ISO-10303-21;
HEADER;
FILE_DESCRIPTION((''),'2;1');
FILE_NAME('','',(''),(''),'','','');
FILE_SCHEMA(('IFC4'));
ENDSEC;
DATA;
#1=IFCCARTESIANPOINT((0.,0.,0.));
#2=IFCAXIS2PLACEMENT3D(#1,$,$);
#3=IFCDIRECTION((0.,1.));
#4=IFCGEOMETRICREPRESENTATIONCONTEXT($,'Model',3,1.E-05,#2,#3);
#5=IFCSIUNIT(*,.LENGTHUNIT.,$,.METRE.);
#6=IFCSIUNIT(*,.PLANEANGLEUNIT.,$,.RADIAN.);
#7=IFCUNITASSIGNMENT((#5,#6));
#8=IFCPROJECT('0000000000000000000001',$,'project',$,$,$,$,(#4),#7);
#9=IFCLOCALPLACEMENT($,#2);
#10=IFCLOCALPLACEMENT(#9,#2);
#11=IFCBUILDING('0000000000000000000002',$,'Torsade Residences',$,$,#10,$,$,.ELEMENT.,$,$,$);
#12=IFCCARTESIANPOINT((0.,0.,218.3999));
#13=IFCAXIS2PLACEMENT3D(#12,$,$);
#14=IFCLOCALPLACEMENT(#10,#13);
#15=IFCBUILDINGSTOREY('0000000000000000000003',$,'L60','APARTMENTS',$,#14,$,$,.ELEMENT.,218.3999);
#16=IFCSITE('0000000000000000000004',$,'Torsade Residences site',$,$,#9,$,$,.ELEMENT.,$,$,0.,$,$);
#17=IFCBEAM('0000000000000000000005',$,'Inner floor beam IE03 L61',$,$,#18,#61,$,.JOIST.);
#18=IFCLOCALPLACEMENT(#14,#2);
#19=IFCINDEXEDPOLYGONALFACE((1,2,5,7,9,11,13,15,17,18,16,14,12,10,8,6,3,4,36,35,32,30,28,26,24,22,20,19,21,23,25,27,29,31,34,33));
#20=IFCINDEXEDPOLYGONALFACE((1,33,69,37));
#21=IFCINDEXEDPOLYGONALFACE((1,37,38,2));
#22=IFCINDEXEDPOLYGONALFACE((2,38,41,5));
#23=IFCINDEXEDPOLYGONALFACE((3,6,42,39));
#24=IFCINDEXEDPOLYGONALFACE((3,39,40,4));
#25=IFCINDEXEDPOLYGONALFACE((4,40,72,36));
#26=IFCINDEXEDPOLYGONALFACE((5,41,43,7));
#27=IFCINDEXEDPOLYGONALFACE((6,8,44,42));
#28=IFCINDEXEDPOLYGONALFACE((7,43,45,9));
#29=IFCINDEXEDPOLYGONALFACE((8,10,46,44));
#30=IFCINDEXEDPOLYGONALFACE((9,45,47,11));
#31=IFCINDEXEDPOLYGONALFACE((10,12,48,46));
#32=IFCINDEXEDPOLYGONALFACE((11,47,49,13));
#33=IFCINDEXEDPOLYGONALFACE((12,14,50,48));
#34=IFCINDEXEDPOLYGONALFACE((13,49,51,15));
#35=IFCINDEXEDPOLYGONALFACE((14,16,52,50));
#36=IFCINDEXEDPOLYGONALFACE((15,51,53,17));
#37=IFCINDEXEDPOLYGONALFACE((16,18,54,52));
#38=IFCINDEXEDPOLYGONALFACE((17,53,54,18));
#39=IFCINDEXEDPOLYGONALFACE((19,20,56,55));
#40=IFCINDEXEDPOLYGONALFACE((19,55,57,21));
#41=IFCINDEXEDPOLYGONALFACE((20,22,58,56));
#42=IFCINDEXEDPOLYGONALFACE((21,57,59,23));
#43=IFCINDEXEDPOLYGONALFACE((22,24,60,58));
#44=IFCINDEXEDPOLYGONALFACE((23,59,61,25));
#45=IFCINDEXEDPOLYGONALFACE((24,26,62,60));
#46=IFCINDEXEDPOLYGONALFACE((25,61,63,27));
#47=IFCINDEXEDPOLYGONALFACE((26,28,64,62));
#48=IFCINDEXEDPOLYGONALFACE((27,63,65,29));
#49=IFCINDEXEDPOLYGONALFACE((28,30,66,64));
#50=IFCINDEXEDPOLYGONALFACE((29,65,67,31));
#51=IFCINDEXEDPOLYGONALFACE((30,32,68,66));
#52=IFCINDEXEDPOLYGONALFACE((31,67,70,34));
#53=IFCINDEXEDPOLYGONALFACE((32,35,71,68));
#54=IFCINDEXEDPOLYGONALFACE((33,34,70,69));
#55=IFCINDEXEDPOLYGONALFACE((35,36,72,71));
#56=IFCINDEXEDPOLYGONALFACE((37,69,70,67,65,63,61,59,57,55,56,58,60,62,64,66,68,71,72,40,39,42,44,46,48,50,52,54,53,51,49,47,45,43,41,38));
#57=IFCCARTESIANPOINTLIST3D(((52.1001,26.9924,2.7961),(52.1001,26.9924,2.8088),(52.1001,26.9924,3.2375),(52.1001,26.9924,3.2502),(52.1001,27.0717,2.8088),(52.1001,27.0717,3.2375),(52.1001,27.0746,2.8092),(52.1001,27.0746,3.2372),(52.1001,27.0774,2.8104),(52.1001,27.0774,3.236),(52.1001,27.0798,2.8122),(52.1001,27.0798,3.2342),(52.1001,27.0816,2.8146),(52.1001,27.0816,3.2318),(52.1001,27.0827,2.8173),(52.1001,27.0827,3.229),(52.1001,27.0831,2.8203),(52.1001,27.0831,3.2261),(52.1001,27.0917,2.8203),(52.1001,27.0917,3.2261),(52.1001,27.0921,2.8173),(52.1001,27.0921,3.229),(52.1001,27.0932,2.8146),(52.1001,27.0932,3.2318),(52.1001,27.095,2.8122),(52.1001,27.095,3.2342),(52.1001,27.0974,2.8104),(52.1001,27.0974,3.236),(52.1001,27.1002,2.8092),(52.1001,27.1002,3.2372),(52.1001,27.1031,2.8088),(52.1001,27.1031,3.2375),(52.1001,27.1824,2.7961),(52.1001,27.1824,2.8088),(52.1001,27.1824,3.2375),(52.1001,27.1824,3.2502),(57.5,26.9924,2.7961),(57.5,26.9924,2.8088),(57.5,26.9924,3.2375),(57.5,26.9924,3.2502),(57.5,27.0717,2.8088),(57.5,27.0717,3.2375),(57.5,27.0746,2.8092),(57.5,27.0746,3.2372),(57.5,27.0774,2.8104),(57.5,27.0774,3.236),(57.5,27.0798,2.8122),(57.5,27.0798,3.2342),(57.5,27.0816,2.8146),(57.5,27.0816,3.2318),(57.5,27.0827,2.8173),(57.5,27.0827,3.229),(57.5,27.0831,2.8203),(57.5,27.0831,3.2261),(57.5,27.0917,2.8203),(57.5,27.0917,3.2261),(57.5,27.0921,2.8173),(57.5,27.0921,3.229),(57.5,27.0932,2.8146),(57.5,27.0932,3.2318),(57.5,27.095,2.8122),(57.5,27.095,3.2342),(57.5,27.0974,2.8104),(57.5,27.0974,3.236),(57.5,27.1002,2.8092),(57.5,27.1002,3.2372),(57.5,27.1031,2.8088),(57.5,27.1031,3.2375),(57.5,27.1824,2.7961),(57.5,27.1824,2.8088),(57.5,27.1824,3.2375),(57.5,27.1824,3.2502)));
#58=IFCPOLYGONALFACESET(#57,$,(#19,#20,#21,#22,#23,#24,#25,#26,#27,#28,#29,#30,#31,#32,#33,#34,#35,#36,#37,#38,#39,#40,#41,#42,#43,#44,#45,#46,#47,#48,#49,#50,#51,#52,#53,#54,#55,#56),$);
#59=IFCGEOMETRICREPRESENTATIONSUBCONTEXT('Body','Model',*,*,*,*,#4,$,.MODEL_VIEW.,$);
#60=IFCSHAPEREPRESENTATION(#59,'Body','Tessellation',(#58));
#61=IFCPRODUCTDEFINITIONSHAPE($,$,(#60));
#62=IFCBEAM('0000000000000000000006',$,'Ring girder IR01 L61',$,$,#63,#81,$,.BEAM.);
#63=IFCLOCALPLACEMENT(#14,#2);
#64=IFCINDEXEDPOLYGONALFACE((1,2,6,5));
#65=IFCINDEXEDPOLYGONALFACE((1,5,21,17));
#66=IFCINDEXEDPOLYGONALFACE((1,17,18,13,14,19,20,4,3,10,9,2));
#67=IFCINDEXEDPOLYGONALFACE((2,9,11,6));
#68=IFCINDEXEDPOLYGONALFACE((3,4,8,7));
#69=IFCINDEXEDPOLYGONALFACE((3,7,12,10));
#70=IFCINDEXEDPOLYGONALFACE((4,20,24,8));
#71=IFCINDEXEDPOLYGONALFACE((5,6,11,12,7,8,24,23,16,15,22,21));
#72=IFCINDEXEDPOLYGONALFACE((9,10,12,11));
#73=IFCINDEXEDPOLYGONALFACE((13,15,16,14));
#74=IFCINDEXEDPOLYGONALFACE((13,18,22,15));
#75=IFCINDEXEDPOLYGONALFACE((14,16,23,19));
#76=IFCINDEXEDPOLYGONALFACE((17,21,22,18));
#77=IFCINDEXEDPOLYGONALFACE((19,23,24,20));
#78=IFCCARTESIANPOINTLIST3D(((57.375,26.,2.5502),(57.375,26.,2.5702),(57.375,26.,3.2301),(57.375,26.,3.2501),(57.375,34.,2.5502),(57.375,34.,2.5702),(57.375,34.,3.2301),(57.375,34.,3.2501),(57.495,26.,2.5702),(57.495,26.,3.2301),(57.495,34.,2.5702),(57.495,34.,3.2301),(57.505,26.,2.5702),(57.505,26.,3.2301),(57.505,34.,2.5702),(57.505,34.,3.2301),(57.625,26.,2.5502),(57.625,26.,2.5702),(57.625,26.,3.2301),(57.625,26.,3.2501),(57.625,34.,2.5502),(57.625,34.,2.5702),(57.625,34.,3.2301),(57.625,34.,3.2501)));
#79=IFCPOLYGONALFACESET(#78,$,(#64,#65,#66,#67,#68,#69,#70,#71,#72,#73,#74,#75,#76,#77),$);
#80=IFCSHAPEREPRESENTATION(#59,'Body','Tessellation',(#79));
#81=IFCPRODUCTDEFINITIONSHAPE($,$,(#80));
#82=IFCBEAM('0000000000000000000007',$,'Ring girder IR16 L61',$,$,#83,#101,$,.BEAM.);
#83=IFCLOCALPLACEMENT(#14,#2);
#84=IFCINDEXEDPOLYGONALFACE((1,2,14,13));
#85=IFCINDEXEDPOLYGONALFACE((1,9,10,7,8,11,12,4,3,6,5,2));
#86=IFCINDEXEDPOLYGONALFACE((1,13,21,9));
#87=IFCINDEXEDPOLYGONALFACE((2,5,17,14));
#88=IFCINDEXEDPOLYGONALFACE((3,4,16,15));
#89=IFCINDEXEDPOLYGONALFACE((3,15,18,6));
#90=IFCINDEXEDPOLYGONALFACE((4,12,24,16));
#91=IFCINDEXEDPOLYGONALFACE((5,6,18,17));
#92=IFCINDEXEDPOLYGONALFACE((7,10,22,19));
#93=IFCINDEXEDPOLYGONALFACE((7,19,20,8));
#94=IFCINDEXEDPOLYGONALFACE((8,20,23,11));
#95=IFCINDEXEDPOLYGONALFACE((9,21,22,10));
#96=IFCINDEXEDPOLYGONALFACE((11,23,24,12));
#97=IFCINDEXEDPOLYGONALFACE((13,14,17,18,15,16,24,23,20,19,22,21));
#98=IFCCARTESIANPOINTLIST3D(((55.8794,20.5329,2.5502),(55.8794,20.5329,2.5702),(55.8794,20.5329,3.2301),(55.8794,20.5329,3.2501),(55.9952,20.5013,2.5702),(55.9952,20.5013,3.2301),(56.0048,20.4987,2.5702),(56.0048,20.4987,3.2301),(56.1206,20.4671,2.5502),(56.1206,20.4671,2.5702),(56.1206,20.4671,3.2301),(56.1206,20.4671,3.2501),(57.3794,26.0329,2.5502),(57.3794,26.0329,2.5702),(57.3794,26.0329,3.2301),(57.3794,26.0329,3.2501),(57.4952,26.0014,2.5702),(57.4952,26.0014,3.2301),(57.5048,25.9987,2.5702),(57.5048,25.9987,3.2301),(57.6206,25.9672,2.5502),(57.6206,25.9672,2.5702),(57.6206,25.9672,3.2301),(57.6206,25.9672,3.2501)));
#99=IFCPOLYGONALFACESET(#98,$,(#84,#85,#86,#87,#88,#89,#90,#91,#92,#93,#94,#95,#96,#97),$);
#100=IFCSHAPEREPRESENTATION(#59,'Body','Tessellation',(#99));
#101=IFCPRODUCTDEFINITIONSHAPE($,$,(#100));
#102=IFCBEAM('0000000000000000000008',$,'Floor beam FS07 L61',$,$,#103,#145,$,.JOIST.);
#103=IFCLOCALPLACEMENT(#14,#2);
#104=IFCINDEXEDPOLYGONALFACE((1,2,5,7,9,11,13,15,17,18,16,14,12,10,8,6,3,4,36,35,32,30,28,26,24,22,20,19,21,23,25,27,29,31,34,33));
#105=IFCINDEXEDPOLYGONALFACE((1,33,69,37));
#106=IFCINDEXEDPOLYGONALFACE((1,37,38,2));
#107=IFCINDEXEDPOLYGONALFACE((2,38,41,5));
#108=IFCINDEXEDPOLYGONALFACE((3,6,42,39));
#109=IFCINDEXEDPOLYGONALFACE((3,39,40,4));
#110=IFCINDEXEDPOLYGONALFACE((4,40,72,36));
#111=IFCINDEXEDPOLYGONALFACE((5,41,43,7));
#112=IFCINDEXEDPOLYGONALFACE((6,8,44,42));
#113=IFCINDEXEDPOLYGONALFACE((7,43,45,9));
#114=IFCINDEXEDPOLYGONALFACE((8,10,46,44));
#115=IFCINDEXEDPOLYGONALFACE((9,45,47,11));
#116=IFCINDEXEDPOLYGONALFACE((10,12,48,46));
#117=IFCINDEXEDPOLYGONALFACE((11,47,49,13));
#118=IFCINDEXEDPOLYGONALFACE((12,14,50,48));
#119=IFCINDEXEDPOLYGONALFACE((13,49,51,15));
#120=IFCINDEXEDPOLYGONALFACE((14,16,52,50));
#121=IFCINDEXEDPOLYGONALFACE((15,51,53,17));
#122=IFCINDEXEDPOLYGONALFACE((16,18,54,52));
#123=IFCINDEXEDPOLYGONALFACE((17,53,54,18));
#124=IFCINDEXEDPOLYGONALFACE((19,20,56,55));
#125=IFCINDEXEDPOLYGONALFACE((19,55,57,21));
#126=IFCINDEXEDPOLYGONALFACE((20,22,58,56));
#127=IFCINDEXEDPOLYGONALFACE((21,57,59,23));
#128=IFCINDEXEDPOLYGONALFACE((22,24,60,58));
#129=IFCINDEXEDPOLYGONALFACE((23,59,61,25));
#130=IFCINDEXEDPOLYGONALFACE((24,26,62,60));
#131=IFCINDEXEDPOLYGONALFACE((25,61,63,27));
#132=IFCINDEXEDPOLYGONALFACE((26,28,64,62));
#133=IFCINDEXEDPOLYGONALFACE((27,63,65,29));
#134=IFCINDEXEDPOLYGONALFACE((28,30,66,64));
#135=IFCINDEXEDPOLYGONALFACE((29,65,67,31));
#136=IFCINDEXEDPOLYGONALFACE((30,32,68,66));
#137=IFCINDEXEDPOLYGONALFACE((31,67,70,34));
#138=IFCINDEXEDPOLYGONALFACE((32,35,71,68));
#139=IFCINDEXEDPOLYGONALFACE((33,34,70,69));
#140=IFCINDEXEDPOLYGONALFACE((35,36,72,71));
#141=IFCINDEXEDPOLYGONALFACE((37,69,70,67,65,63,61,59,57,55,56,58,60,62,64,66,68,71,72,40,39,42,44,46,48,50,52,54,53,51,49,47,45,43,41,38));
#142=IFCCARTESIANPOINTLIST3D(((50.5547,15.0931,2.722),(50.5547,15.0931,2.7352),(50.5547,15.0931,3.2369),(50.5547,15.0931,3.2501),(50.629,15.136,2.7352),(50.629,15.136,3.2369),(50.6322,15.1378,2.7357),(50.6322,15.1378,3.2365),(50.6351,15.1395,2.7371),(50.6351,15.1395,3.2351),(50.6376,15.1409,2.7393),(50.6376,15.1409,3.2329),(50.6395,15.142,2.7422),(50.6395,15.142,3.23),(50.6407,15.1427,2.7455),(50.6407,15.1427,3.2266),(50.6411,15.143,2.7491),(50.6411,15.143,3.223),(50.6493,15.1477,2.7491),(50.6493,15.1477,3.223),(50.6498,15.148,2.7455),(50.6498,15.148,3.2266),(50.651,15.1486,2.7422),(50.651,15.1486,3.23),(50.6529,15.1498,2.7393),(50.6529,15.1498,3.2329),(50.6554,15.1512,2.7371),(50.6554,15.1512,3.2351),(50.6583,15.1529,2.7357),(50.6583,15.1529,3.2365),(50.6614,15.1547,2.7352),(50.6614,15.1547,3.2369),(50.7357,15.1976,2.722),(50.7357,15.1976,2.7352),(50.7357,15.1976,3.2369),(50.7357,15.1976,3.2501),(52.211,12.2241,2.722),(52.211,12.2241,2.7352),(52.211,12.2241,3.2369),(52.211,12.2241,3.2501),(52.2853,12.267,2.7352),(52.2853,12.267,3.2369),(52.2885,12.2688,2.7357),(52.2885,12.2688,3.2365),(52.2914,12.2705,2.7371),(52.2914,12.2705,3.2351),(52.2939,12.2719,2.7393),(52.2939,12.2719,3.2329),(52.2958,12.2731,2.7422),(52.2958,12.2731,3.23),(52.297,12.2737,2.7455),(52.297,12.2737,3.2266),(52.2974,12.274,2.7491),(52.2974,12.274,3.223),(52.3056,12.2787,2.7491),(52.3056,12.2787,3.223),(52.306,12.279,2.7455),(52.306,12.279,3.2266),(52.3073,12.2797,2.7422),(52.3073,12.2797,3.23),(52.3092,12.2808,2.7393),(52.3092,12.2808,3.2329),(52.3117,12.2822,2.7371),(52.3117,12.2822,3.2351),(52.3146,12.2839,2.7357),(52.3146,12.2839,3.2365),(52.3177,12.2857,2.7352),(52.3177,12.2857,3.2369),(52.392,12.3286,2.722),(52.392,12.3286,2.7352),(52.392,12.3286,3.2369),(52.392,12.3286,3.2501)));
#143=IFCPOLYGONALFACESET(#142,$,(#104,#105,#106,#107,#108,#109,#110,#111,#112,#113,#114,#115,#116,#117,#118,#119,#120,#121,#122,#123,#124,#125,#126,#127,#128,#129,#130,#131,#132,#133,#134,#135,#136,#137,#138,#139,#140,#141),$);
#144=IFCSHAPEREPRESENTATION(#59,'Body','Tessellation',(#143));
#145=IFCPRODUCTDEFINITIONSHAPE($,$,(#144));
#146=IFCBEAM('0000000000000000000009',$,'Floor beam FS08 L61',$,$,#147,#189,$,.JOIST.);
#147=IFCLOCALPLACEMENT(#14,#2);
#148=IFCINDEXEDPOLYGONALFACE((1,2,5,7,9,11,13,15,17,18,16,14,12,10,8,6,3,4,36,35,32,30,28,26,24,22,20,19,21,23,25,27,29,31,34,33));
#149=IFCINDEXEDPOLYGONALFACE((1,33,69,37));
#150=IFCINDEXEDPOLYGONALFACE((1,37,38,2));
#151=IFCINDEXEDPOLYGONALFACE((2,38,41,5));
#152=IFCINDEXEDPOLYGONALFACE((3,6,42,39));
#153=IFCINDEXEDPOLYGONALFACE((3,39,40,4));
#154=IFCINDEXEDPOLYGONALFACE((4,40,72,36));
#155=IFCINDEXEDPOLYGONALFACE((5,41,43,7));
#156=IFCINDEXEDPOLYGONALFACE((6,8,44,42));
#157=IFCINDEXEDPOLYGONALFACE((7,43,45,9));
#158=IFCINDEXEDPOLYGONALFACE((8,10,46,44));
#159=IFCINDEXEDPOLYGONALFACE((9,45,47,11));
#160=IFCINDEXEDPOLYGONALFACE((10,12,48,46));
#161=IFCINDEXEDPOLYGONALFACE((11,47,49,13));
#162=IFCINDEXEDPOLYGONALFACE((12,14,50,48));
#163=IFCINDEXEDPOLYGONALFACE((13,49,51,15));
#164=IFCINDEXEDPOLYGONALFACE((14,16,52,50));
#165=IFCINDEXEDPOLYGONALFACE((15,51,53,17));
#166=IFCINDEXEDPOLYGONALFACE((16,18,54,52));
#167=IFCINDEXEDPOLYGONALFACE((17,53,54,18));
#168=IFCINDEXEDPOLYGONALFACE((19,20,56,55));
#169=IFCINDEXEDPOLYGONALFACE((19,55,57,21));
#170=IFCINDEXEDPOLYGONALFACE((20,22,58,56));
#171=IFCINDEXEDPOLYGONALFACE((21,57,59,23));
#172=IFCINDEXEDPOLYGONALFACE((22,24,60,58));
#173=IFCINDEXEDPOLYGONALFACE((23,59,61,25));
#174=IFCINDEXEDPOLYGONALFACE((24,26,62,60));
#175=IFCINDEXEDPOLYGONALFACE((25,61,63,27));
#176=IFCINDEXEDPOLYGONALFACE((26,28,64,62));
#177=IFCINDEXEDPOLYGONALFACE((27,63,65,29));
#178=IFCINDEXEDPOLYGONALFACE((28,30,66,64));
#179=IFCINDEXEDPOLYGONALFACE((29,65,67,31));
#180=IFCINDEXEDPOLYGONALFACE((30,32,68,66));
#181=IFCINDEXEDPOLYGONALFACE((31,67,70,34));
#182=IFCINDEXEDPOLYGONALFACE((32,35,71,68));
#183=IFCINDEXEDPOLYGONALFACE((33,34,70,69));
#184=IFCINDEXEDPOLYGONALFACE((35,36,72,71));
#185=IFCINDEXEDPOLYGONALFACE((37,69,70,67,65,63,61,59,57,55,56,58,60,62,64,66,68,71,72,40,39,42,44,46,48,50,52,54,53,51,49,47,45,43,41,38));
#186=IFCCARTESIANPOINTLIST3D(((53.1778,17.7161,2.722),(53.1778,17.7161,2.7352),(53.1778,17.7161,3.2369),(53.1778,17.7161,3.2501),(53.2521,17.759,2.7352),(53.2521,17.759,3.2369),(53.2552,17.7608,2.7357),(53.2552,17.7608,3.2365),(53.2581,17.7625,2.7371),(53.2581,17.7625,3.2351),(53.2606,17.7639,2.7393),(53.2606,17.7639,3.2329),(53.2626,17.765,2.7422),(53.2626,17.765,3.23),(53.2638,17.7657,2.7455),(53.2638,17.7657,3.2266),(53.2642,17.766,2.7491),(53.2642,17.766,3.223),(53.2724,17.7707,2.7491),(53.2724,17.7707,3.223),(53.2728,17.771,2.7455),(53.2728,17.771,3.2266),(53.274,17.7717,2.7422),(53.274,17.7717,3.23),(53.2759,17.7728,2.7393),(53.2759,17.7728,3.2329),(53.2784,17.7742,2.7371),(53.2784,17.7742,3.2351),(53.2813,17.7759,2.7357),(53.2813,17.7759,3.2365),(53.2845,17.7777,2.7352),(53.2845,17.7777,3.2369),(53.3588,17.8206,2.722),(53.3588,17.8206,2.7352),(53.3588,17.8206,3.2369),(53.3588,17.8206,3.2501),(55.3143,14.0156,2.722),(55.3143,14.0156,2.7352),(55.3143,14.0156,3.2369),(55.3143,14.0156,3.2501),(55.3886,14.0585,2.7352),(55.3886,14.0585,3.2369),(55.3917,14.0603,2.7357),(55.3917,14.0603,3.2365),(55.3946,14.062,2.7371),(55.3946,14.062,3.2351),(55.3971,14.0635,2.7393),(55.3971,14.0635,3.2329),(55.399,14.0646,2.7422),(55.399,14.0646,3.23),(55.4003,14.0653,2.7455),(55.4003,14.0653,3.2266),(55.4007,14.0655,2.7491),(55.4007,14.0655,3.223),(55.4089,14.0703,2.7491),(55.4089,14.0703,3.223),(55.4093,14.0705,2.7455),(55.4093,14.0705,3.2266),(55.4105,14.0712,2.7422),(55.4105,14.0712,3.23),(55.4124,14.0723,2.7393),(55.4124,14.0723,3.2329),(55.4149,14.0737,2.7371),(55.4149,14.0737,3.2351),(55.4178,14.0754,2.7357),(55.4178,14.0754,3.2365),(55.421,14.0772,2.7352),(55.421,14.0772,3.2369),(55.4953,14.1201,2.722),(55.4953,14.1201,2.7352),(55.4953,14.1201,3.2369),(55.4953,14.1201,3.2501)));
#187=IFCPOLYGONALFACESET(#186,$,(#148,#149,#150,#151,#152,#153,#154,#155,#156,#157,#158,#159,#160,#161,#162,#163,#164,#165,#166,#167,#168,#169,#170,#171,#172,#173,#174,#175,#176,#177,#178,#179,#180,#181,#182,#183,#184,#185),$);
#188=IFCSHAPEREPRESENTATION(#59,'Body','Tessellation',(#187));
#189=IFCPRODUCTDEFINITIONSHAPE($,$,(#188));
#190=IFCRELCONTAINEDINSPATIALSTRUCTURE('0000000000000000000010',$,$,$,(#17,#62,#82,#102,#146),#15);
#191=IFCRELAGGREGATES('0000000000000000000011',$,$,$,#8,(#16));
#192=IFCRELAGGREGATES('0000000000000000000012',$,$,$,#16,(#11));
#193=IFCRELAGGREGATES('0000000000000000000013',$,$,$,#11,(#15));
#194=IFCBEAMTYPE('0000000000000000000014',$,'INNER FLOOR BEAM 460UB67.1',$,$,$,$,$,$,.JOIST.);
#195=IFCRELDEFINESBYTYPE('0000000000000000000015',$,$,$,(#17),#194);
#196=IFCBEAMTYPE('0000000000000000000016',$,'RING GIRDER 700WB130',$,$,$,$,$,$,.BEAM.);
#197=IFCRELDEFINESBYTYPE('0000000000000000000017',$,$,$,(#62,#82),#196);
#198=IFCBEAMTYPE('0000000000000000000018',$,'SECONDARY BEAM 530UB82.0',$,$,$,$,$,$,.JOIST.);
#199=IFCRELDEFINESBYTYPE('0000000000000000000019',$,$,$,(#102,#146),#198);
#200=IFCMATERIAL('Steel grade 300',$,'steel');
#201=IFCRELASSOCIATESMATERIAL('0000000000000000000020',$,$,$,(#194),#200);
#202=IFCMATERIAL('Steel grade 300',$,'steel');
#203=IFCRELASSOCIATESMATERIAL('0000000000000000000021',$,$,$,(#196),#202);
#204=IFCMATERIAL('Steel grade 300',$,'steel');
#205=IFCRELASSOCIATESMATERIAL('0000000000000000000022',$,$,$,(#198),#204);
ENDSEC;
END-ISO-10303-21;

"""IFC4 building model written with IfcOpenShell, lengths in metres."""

from ifc_helpers import new_model, si_unit, direction, frame, origin, origin_2d, place, context, subcontext, project, spatial, i_section, extrude, material, material_profile, profile_set, type_object, element, save


model = new_model("IFC4")

# Units and contexts
model_context = context("Model", 3, precision=1e-05, world=origin(), true_north=direction((0.0, 1.0)))
body_context = subcontext(model_context, "Body", "Model", "MODEL_VIEW")
ifc_project = project(units=[si_unit("LENGTHUNIT", "METRE"), si_unit("PLANEANGLEUNIT", "RADIAN")], contexts=[model_context])

# Site, building, storey
site_placement = place(None, origin())
site = spatial("IfcSite", under=ifc_project, at=site_placement, Name="Torsade Residences site", CompositionType="ELEMENT", RefElevation=0.0)
building_placement = place(site_placement, origin())
building = spatial("IfcBuilding", under=site, at=building_placement, Name="Torsade Residences", CompositionType="ELEMENT")
storey_placement = place(building_placement, frame((0.0, 0.0, 218.3999)))
storey = spatial("IfcBuildingStorey", under=building, at=storey_placement, Name="L60", Description="APARTMENTS", CompositionType="ELEMENT", Elevation=218.3999)

# Beams
ifc_material_1 = material(Name="Steel grade 300", Category="steel")
ifc_material_profile_1 = material_profile(ifc_material_1, i_section(OverallWidth=0.1899, OverallDepth=0.4541, WebThickness=0.0085, FlangeThickness=0.0127, FilletRadius=0.0115, at=origin_2d()), Name="460UB67.1")
ifc_profile_set_1 = profile_set([ifc_material_profile_1], Name="Steel grade 300")
beam_type_1 = type_object("IfcBeamType", Name="INNER FLOOR BEAM 460UB67.1", PredefinedType="JOIST", material=ifc_profile_set_1)
beam_1_placement = place(storey_placement, frame((52.1001, 27.0874, 3.0232), z_axis=(1.0, 0.0, 0.0), x_axis=(0.0, 1.0, 0.0)))
element("IfcBeam", 1, at=beam_1_placement, inside=storey, type_object=beam_type_1, Name="Inner floor beam IE03 L61", PredefinedType="JOIST", context=body_context, shape_type="SweptSolid", body=[
    extrude(i_section(OverallWidth=0.1899, OverallDepth=0.4541, WebThickness=0.0085, FlangeThickness=0.0127, FilletRadius=0.0115, at=origin_2d()), origin(), (0.0, 0.0, 1.0), 5.3999),
])
ifc_material_2 = material(Name="Steel grade 300", Category="steel")
ifc_material_profile_2 = material_profile(ifc_material_2, i_section(OverallWidth=0.25, OverallDepth=0.7, WebThickness=0.01, FlangeThickness=0.02, at=origin_2d()), Name="700WB130")
ifc_profile_set_2 = profile_set([ifc_material_profile_2], Name="Steel grade 300")
beam_type_2 = type_object("IfcBeamType", Name="RING GIRDER 700WB130", PredefinedType="BEAM", material=ifc_profile_set_2)
beam_2_placement = place(storey_placement, frame((57.5, 26.0, 2.9001), z_axis=(0.0, 1.0, 0.0), x_axis=(-1.0, 0.0, 0.0)))
element("IfcBeam", 2, at=beam_2_placement, inside=storey, type_object=beam_type_2, Name="Ring girder IR01 L61", PredefinedType="BEAM", context=body_context, shape_type="SweptSolid", body=[
    extrude(i_section(OverallWidth=0.25, OverallDepth=0.7, WebThickness=0.01, FlangeThickness=0.02, at=origin_2d()), origin(), (0.0, 0.0, 1.0), 8.0),
])
beam_3_placement = place(storey_placement, frame((56.0, 20.5, 2.9001), z_axis=(0.263117, 0.964764, 0.0), x_axis=(-0.964764, 0.263117, 0.0)))
element("IfcBeam", 3, at=beam_3_placement, inside=storey, type_object=beam_type_2, Name="Ring girder IR16 L61", PredefinedType="BEAM", context=body_context, shape_type="SweptSolid", body=[
    extrude(i_section(OverallWidth=0.25, OverallDepth=0.7, WebThickness=0.01, FlangeThickness=0.02, at=origin_2d()), origin(), (0.0, 0.0, 1.0), 5.7009),
])
ifc_material_3 = material(Name="Steel grade 300", Category="steel")
ifc_material_profile_3 = material_profile(ifc_material_3, i_section(OverallWidth=0.209, OverallDepth=0.5281, WebThickness=0.0095, FlangeThickness=0.0132, FilletRadius=0.0139, at=origin_2d()), Name="530UB82.0")
ifc_profile_set_3 = profile_set([ifc_material_profile_3], Name="Steel grade 300")
beam_type_3 = type_object("IfcBeamType", Name="SECONDARY BEAM 530UB82.0", PredefinedType="JOIST", material=ifc_profile_set_3)
beam_4_placement = place(storey_placement, frame((52.3015, 12.2764, 2.9861), z_axis=(-0.499976, 0.86604, 0.0), x_axis=(-0.86604, -0.499976, 0.0)))
element("IfcBeam", 4, at=beam_4_placement, inside=storey, type_object=beam_type_3, Name="Floor beam FS07 L61", PredefinedType="JOIST", context=body_context, shape_type="SweptSolid", body=[
    extrude(i_section(OverallWidth=0.209, OverallDepth=0.5281, WebThickness=0.0095, FlangeThickness=0.0132, FilletRadius=0.0139, at=origin_2d()), origin(), (0.0, 0.0, 1.0), 3.3127),
])
beam_5_placement = place(storey_placement, frame((55.4048, 14.0679, 2.9861), z_axis=(-0.500004, 0.866023, 0.0), x_axis=(-0.866023, -0.500004, 0.0)))
element("IfcBeam", 5, at=beam_5_placement, inside=storey, type_object=beam_type_3, Name="Floor beam FS08 L61", PredefinedType="JOIST", context=body_context, shape_type="SweptSolid", body=[
    extrude(i_section(OverallWidth=0.209, OverallDepth=0.5281, WebThickness=0.0095, FlangeThickness=0.0132, FilletRadius=0.0139, at=origin_2d()), origin(), (0.0, 0.0, 1.0), 4.2729),
])

save(model, "model.ifc")
